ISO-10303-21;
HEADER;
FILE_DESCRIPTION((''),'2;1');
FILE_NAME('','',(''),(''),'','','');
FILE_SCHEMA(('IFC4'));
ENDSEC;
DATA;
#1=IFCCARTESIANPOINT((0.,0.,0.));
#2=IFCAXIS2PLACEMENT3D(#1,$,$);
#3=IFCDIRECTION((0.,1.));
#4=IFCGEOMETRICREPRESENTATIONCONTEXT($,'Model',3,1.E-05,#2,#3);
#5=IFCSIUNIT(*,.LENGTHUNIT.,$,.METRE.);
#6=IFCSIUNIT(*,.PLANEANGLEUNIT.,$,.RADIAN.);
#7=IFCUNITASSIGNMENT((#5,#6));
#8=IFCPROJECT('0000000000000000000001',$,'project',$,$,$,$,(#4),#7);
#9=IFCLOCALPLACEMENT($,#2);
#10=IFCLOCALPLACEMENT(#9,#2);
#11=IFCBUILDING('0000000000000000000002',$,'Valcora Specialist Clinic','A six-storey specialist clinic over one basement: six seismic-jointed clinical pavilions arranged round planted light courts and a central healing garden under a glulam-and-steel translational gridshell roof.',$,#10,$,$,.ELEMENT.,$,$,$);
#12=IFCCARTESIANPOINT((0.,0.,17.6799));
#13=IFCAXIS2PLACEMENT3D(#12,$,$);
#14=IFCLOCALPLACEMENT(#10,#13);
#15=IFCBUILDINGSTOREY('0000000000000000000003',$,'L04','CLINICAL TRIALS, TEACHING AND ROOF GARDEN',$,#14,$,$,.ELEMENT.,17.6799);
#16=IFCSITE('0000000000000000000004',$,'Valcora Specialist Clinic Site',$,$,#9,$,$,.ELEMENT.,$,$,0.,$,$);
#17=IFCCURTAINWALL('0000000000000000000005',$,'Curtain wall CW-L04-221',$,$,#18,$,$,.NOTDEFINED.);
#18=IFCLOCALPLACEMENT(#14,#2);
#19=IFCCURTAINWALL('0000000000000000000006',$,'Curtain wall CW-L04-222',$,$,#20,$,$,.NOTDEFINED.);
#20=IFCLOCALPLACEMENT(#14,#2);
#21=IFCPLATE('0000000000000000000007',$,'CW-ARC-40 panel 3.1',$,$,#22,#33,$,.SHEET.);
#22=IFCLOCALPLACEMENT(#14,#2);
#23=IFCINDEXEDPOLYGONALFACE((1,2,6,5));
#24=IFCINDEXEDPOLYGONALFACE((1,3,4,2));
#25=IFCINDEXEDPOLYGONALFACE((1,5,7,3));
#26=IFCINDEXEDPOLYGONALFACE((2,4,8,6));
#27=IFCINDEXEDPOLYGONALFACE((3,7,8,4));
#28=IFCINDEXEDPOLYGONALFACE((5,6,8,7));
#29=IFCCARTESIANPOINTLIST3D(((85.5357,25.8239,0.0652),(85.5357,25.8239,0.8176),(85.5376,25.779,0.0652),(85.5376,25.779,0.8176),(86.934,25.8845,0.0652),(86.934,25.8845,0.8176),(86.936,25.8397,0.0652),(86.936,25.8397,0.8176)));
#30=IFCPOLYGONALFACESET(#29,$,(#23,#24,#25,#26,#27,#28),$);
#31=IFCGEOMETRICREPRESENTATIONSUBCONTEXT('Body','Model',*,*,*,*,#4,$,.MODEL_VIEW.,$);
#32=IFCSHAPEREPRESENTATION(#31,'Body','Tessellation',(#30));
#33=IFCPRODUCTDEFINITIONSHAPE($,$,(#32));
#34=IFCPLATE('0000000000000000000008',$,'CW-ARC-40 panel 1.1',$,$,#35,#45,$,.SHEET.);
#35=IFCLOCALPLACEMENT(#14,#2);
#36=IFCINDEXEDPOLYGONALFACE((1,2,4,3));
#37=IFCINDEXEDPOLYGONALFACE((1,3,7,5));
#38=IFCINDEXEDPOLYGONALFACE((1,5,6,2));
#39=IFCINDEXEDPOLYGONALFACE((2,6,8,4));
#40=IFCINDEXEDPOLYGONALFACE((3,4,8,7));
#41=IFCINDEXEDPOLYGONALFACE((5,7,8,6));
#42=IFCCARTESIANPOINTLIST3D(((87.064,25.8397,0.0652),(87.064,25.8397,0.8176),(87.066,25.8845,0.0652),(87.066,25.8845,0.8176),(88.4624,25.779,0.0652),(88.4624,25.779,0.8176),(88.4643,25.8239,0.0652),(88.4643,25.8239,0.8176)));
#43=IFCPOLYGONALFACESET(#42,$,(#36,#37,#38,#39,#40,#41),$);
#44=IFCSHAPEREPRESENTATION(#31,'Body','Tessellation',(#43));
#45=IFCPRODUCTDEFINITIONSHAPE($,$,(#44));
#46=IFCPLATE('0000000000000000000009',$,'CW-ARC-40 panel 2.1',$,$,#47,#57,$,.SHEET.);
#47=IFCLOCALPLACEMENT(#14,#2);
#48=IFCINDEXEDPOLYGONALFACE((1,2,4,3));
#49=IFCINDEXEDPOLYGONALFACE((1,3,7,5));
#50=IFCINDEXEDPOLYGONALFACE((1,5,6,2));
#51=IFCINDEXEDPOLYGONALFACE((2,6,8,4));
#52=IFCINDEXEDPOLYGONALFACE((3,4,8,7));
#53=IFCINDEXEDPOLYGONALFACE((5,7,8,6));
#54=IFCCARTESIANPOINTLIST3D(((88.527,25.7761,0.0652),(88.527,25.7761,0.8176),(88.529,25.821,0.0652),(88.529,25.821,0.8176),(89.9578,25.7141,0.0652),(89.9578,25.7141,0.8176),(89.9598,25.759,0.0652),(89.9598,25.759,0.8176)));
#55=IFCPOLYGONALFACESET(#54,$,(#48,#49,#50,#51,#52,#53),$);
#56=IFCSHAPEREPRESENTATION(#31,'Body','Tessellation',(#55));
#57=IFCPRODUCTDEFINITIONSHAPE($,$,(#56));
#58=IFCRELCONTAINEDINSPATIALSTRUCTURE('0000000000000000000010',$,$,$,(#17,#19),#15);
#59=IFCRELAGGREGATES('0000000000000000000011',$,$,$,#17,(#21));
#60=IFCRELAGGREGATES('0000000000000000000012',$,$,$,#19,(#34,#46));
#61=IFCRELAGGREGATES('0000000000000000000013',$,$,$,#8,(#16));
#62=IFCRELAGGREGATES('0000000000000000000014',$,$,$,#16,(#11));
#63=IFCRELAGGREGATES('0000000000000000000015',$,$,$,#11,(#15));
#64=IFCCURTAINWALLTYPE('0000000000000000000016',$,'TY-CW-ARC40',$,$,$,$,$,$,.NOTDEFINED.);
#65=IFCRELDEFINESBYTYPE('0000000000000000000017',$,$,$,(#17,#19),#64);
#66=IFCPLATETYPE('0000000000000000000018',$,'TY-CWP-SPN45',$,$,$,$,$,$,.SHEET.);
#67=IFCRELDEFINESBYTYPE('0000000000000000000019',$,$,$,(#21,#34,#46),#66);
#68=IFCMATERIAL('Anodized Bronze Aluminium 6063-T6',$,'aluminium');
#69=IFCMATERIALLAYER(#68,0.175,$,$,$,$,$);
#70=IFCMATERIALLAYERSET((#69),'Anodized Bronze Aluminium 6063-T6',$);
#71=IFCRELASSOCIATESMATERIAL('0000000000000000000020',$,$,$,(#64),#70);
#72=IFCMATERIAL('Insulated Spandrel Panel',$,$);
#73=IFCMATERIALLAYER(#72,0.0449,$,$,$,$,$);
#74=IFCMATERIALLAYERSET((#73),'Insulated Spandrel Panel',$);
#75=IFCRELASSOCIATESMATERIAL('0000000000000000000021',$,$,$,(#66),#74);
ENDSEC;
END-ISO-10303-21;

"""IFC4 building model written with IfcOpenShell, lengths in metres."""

from ifc_helpers import new_model, si_unit, direction, frame, origin, origin_2d, place, context, subcontext, project, spatial, rectangle, extrude, material, layer, layer_set, type_object, element, aggregate, save


model = new_model("IFC4")

# Units and contexts
model_context = context("Model", 3, precision=1e-05, world=origin(), true_north=direction((0.0, 1.0)))
body_context = subcontext(model_context, "Body", "Model", "MODEL_VIEW")
ifc_project = project(units=[si_unit("LENGTHUNIT", "METRE"), si_unit("PLANEANGLEUNIT", "RADIAN")], contexts=[model_context])

# Site, building, storey
site_placement = place(None, origin())
site = spatial("IfcSite", under=ifc_project, at=site_placement, Name="Valcora Specialist Clinic Site", CompositionType="ELEMENT", RefElevation=0.0)
building_placement = place(site_placement, origin())
building = spatial("IfcBuilding", under=site, at=building_placement, Name="Valcora Specialist Clinic", Description="A six-storey specialist clinic over one basement: six seismic-jointed clinical pavilions arranged round planted light courts and a central healing garden under a glulam-and-steel translational gridshell roof.", CompositionType="ELEMENT")
storey_placement = place(building_placement, frame((0.0, 0.0, 17.6799)))
storey = spatial("IfcBuildingStorey", under=building, at=storey_placement, Name="L04", Description="CLINICAL TRIALS, TEACHING AND ROOF GARDEN", CompositionType="ELEMENT", Elevation=17.6799)

# Curtain walls
ifc_material_1 = material(Name="Anodized Bronze Aluminium 6063-T6", Category="aluminium")
ifc_layer_1 = layer(ifc_material_1, 0.175)
ifc_layer_set_1 = layer_set([ifc_layer_1], Name="Anodized Bronze Aluminium 6063-T6")
curtain_wall_type = type_object("IfcCurtainWallType", Name="TY-CW-ARC40", PredefinedType="NOTDEFINED", material=ifc_layer_set_1)
curtain_wall_1_placement = place(storey_placement, origin())
curtain_wall_1 = element("IfcCurtainWall", 1, at=curtain_wall_1_placement, inside=storey, type_object=curtain_wall_type, Name="Curtain wall CW-L04-221", PredefinedType="NOTDEFINED")
curtain_wall_2_placement = place(storey_placement, origin())
curtain_wall_2 = element("IfcCurtainWall", 2, at=curtain_wall_2_placement, inside=storey, type_object=curtain_wall_type, Name="Curtain wall CW-L04-222", PredefinedType="NOTDEFINED")

# Plates
ifc_material_2 = material(Name="Insulated Spandrel Panel")
ifc_layer_2 = layer(ifc_material_2, 0.0449)
ifc_layer_set_2 = layer_set([ifc_layer_2], Name="Insulated Spandrel Panel")
plate_type_1 = type_object("IfcPlateType", Name="TY-CWP-SPN45", PredefinedType="SHEET", material=ifc_layer_set_2)
plate_1_placement = place(storey_placement, frame((86.2358, 25.8318, 0.0652), z_axis=(0.0, 0.0, 1.0), x_axis=(0.999062, 0.043307, 0.0)))
plate_1 = element("IfcPlate", 3, at=plate_1_placement, type_object=plate_type_1, Name="CW-ARC-40 panel 3.1", PredefinedType="SHEET", context=body_context, shape_type="SweptSolid", body=[
    extrude(rectangle(XDim=1.3997, YDim=0.0449, at=origin_2d()), origin(), (0.0, 0.0, 1.0), 0.7524),
])
aggregate(curtain_wall_1, [plate_1])
plate_2_placement = place(storey_placement, frame((87.7642, 25.8318, 0.0652), z_axis=(0.0, 0.0, 1.0), x_axis=(0.999062, -0.043307, 0.0)))
plate_2 = element("IfcPlate", 4, at=plate_2_placement, type_object=plate_type_1, Name="CW-ARC-40 panel 1.1", PredefinedType="SHEET", context=body_context, shape_type="SweptSolid", body=[
    extrude(rectangle(XDim=1.3997, YDim=0.0449, at=origin_2d()), origin(), (0.0, 0.0, 1.0), 0.7524),
])
plate_3_placement = place(storey_placement, frame((89.2434, 25.7676, 0.0652), z_axis=(0.0, 0.0, 1.0), x_axis=(0.999062, -0.043307, 0.0)))
plate_3 = element("IfcPlate", 5, at=plate_3_placement, type_object=plate_type_1, Name="CW-ARC-40 panel 2.1", PredefinedType="SHEET", context=body_context, shape_type="SweptSolid", body=[
    extrude(rectangle(XDim=1.4321, YDim=0.0449, at=origin_2d()), origin(), (0.0, 0.0, 1.0), 0.7524),
])
aggregate(curtain_wall_2, [plate_2, plate_3])

save(model, "model.ifc")
